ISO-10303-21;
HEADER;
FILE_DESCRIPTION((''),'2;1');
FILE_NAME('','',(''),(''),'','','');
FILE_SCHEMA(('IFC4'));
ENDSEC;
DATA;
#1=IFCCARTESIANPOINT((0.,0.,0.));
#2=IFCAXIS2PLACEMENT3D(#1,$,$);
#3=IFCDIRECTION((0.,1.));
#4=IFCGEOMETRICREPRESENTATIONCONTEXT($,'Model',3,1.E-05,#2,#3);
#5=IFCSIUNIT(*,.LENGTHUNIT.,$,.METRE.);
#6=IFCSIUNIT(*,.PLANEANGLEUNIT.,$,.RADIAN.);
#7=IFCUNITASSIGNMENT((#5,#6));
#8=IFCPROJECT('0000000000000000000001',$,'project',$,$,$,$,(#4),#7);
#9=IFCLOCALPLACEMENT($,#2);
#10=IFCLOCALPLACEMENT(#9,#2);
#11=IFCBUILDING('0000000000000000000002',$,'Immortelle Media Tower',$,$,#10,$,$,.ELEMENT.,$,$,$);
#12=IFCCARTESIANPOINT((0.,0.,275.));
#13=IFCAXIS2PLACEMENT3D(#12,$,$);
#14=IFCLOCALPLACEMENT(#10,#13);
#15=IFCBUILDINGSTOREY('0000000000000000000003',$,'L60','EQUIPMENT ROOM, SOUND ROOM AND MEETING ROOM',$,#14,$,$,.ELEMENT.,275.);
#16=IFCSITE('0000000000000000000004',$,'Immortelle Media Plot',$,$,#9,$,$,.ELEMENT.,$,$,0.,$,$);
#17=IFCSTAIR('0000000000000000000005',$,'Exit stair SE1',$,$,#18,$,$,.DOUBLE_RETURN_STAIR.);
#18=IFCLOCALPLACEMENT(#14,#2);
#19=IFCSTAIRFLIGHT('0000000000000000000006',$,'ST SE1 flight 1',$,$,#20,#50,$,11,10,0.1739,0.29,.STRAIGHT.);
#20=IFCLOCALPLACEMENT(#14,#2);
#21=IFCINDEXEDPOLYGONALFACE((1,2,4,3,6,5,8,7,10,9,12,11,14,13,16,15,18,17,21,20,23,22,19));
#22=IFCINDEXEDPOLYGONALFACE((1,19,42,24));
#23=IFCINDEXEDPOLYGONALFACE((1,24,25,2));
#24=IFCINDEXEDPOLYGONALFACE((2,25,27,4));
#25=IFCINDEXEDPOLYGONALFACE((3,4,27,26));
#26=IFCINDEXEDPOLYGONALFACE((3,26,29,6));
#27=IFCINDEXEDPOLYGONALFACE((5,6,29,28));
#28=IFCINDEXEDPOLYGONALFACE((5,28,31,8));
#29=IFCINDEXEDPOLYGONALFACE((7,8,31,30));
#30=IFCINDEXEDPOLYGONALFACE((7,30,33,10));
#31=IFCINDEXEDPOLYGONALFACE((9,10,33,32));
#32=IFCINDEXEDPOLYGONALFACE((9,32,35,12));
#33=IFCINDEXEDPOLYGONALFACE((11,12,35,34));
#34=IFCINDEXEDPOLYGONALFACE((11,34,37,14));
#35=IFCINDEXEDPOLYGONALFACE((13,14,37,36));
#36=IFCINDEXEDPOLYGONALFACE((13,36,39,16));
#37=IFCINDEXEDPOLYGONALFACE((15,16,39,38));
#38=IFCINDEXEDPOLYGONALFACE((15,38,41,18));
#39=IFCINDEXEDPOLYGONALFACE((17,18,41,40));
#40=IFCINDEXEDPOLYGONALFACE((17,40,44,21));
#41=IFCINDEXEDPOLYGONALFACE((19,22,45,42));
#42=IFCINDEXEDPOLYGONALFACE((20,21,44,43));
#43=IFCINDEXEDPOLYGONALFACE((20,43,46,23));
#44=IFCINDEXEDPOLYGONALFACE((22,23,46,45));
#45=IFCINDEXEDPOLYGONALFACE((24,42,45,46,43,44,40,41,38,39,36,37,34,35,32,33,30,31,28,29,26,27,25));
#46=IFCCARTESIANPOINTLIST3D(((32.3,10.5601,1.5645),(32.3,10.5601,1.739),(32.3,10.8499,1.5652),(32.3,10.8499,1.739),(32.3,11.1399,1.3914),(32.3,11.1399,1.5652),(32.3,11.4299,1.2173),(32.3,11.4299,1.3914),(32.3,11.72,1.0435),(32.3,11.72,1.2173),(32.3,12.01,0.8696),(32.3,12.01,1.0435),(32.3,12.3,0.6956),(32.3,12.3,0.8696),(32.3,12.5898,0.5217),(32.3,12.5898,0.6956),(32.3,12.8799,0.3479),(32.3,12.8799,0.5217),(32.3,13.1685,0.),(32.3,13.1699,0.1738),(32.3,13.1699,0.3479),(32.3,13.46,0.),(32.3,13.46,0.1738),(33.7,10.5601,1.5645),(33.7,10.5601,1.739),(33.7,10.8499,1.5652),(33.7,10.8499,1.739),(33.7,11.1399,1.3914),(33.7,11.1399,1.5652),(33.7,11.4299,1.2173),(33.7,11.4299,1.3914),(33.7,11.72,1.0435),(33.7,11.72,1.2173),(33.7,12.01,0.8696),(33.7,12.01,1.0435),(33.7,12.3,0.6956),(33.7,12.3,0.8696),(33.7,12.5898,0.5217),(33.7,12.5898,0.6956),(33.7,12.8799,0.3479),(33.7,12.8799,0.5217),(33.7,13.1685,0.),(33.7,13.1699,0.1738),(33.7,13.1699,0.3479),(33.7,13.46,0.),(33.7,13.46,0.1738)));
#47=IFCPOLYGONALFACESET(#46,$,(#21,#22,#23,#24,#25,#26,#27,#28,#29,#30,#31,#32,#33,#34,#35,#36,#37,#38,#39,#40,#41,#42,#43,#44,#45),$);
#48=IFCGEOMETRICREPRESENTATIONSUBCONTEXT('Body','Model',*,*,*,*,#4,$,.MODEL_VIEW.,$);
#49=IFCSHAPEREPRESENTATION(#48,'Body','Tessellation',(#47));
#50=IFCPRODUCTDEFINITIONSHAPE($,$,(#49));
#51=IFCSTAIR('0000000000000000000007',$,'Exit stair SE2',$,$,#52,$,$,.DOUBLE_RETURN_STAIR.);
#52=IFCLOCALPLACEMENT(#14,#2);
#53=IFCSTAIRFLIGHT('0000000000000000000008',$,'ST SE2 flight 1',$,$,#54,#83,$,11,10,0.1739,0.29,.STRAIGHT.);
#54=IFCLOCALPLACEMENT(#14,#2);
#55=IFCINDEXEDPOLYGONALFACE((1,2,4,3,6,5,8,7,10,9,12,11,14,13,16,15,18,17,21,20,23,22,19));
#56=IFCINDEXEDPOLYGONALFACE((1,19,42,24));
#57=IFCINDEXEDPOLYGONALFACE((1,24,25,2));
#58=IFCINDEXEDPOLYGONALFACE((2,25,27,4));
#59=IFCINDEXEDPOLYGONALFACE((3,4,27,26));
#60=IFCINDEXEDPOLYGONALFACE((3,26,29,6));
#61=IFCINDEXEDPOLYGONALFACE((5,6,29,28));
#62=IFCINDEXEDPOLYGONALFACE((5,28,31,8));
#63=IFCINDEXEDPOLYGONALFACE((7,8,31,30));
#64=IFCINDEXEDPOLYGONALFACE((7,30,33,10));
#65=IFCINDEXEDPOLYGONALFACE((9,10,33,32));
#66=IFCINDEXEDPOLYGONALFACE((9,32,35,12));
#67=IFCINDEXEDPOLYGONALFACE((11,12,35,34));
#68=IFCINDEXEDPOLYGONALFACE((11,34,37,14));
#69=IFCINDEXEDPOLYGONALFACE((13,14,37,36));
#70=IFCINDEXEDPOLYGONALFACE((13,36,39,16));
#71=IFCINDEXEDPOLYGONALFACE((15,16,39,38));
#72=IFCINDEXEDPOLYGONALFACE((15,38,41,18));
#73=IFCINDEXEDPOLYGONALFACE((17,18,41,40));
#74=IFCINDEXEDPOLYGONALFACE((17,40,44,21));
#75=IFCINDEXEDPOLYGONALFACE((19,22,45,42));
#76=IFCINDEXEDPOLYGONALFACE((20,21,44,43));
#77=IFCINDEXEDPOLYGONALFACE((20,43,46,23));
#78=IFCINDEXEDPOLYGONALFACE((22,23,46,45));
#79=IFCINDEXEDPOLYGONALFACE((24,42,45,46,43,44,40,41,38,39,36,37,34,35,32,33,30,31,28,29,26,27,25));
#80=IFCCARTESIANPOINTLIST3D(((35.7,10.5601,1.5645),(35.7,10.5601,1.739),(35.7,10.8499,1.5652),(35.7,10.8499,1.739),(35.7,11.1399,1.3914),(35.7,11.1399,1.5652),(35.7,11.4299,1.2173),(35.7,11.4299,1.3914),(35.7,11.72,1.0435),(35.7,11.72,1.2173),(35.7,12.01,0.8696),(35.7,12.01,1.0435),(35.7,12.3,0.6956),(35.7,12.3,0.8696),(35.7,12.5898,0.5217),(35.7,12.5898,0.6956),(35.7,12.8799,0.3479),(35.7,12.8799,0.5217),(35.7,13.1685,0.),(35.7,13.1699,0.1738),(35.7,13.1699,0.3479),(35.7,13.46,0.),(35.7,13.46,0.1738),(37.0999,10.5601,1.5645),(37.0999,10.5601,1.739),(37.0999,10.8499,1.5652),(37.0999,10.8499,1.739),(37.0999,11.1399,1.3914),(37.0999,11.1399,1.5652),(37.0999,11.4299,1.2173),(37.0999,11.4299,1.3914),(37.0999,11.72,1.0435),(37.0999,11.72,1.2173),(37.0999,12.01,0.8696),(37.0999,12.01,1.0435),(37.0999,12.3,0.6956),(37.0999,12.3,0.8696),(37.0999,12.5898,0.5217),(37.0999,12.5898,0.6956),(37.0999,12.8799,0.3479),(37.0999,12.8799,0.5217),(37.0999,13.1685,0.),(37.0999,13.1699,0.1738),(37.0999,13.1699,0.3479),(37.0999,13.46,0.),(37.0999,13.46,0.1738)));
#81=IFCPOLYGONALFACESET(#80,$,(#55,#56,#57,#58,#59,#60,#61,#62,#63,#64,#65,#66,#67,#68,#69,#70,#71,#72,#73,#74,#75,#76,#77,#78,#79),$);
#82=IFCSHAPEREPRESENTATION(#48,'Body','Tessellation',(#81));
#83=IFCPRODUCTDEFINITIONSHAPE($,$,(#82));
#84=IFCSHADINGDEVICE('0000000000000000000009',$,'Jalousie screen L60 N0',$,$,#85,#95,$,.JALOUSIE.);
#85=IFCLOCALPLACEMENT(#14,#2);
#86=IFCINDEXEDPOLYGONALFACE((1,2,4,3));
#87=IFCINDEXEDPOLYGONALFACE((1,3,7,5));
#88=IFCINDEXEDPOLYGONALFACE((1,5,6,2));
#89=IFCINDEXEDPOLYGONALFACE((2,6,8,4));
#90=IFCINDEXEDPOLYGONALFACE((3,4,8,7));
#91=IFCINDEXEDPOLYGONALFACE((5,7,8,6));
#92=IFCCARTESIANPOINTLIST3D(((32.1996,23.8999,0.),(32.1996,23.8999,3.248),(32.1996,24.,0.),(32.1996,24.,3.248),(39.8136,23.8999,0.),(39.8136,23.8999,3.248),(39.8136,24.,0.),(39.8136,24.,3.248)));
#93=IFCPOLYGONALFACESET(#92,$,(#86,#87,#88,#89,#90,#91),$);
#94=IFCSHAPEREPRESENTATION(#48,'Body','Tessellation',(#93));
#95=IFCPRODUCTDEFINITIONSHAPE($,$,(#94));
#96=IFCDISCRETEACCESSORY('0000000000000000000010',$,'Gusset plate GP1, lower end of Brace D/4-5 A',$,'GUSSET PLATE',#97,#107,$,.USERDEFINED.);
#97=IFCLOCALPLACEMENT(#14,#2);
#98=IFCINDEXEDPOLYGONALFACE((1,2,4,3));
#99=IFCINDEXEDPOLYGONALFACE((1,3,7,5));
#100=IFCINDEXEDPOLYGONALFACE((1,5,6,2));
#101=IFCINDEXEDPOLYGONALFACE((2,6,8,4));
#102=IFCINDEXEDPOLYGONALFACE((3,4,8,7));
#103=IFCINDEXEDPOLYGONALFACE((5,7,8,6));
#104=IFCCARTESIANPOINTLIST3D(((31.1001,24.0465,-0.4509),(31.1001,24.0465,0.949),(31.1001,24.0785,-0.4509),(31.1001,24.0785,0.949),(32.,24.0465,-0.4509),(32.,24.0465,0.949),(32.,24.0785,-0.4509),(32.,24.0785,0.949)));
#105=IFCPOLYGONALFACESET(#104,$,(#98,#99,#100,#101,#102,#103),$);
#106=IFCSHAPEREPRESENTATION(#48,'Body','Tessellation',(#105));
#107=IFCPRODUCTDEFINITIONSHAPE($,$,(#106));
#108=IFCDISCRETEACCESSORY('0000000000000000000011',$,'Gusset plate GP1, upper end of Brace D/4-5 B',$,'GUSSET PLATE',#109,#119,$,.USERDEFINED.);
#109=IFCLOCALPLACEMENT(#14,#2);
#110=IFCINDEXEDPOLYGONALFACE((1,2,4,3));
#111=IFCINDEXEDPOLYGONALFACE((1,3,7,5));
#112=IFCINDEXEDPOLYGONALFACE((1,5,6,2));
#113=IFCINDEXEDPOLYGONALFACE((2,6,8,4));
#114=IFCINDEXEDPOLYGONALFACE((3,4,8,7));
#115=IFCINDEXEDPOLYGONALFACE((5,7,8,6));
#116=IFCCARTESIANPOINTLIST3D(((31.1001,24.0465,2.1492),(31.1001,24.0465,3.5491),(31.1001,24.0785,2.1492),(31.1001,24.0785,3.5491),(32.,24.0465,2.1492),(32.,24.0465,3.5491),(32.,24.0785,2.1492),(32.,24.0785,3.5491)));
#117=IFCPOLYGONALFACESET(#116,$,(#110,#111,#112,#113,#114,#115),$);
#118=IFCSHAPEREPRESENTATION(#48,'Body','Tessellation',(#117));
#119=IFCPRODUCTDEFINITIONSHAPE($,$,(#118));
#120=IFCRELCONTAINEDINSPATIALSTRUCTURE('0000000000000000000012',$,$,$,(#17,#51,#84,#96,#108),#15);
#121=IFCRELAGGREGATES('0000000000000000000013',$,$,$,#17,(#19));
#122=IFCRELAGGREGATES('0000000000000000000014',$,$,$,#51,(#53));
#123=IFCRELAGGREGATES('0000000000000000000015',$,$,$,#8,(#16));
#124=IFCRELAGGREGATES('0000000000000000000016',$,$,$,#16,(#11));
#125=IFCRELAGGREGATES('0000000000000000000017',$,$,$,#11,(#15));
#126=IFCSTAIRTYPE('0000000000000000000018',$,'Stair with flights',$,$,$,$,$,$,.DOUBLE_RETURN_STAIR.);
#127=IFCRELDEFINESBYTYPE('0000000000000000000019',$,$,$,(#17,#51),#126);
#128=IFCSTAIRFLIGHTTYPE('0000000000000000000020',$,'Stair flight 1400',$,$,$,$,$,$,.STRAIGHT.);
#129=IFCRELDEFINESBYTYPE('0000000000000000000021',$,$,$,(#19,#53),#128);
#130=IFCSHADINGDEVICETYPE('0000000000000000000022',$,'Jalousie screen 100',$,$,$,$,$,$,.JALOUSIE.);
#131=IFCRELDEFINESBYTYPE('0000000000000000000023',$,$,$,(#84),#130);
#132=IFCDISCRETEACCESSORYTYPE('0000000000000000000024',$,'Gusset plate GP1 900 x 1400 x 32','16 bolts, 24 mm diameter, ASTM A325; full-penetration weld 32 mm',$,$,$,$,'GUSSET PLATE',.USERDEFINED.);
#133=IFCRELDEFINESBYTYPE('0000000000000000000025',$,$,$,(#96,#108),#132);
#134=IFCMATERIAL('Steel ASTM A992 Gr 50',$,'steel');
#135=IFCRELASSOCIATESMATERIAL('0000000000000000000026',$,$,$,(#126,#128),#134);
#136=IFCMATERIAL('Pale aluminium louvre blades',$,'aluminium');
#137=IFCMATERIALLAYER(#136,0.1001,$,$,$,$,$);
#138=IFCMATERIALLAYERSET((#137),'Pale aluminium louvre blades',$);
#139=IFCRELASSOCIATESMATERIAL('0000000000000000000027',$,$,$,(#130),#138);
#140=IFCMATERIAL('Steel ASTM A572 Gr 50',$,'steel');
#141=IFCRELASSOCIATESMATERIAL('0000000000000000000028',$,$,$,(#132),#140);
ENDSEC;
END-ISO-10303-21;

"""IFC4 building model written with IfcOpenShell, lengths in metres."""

from ifc_helpers import new_model, si_unit, direction, frame, origin, origin_2d, place, context, subcontext, project, spatial, polyline, rectangle, outline, extrude, material, layer, layer_set, material_profile, profile_set, type_object, element, aggregate, save


model = new_model("IFC4")

# Units and contexts
model_context = context("Model", 3, precision=1e-05, world=origin(), true_north=direction((0.0, 1.0)))
body_context = subcontext(model_context, "Body", "Model", "MODEL_VIEW")
ifc_project = project(units=[si_unit("LENGTHUNIT", "METRE"), si_unit("PLANEANGLEUNIT", "RADIAN")], contexts=[model_context])

# Site, building, storey
site_placement = place(None, origin())
site = spatial("IfcSite", under=ifc_project, at=site_placement, Name="Immortelle Media Plot", CompositionType="ELEMENT", RefElevation=0.0)
building_placement = place(site_placement, origin())
building = spatial("IfcBuilding", under=site, at=building_placement, Name="Immortelle Media Tower", CompositionType="ELEMENT")
storey_placement = place(building_placement, frame((0.0, 0.0, 275.0)))
storey = spatial("IfcBuildingStorey", under=building, at=storey_placement, Name="L60", Description="EQUIPMENT ROOM, SOUND ROOM AND MEETING ROOM", CompositionType="ELEMENT", Elevation=275.0)

# Shared definitions
ifc_material_1 = material(Name="Steel ASTM A992 Gr 50", Category="steel")

# Stairs, stair flights
stair_type = type_object("IfcStairType", Name="Stair with flights", PredefinedType="DOUBLE_RETURN_STAIR", material=ifc_material_1)
stair_1_placement = place(storey_placement, origin())
stair_1 = element("IfcStair", 1, at=stair_1_placement, inside=storey, type_object=stair_type, Name="Exit stair SE1", PredefinedType="DOUBLE_RETURN_STAIR")
stair_flight_type = type_object("IfcStairFlightType", Name="Stair flight 1400", PredefinedType="STRAIGHT", material=ifc_material_1)
stair_flight_1_placement = place(storey_placement, frame((33.0, 13.46, 0.0), z_axis=(0.0, 0.0, 1.0), x_axis=(0.0, -1.0, 0.0)))
stair_flight_1 = element("IfcStairFlight", 2, at=stair_flight_1_placement, type_object=stair_flight_type, Name="ST SE1 flight 1", NumberOfRisers=11, NumberOfTreads=10, PredefinedType="STRAIGHT", RiserHeight=0.1739, TreadLength=0.29, context=body_context, shape_type="SweptSolid", body=[
    extrude(outline(polyline([(0.0, 0.0), (0.0, 0.1738), (0.29, 0.1738), (0.29, 0.3479), (0.5801, 0.3479), (0.5801, 0.5217), (0.8701, 0.5217), (0.8701, 0.6956), (1.1599, 0.6956), (1.1599, 0.8696), (1.45, 0.8696), (1.45, 1.0435), (1.74, 1.0435), (1.74, 1.2173), (2.03, 1.2173), (2.03, 1.3914), (2.3201, 1.3914), (2.3201, 1.5652), (2.6101, 1.5652), (2.6101, 1.739), (2.8999, 1.739), (2.8999, 1.9131), (2.8999, 1.5645), (0.2915, 0.0), (0.0, 0.0)])), frame((0.0, 0.7, 0.0), z_axis=(0.0, -1.0, 0.0), x_axis=(1.0, 0.0, 0.0)), (0.0, 0.0, 1.0), 1.3999),
])
aggregate(stair_1, [stair_flight_1])
stair_2_placement = place(storey_placement, origin())
stair_2 = element("IfcStair", 3, at=stair_2_placement, inside=storey, type_object=stair_type, Name="Exit stair SE2", PredefinedType="DOUBLE_RETURN_STAIR")
stair_flight_2_placement = place(storey_placement, frame((36.3999, 13.46, 0.0), z_axis=(0.0, 0.0, 1.0), x_axis=(0.0, -1.0, 0.0)))
stair_flight_2 = element("IfcStairFlight", 4, at=stair_flight_2_placement, type_object=stair_flight_type, Name="ST SE2 flight 1", NumberOfRisers=11, NumberOfTreads=10, PredefinedType="STRAIGHT", RiserHeight=0.1739, TreadLength=0.29, context=body_context, shape_type="SweptSolid", body=[
    extrude(outline(polyline([(0.0, 0.0), (0.0, 0.1738), (0.29, 0.1738), (0.29, 0.3479), (0.5801, 0.3479), (0.5801, 0.5217), (0.8701, 0.5217), (0.8701, 0.6956), (1.1599, 0.6956), (1.1599, 0.8696), (1.45, 0.8696), (1.45, 1.0435), (1.74, 1.0435), (1.74, 1.2173), (2.03, 1.2173), (2.03, 1.3914), (2.3201, 1.3914), (2.3201, 1.5652), (2.6101, 1.5652), (2.6101, 1.739), (2.8999, 1.739), (2.8999, 1.9131), (2.8999, 1.5645), (0.2915, 0.0), (0.0, 0.0)])), frame((0.0, 0.7, 0.0), z_axis=(0.0, -1.0, 0.0), x_axis=(1.0, 0.0, 0.0)), (0.0, 0.0, 1.0), 1.3999),
])
aggregate(stair_2, [stair_flight_2])

# Shading device
ifc_material_2 = material(Name="Pale aluminium louvre blades", Category="aluminium")
ifc_layer_1 = layer(ifc_material_2, 0.1001)
ifc_layer_set_1 = layer_set([ifc_layer_1], Name="Pale aluminium louvre blades")
shading_device_type = type_object("IfcShadingDeviceType", Name="Jalousie screen 100", PredefinedType="JALOUSIE", material=ifc_layer_set_1)
shading_device_placement = place(storey_placement, frame((36.0066, 23.95, 0.0), z_axis=(0.0, 0.0, 1.0), x_axis=(-1.0, 0.0, 0.0)))
element("IfcShadingDevice", 5, at=shading_device_placement, inside=storey, type_object=shading_device_type, Name="Jalousie screen L60 N0", PredefinedType="JALOUSIE", context=body_context, shape_type="SweptSolid", body=[
    extrude(rectangle(XDim=7.614, YDim=0.1001, at=origin_2d()), origin(), (0.0, 0.0, 1.0), 3.248),
])

# Discrete accessories
ifc_material_3 = material(Name="Steel ASTM A572 Gr 50", Category="steel")
ifc_material_profile_1 = material_profile(ifc_material_3, rectangle(XDim=0.032, YDim=1.3999, at=origin_2d()), Name="PL 32 x 1400")
ifc_profile_set_1 = profile_set([ifc_material_profile_1], Name="Steel ASTM A572 Gr 50")
discrete_accessory_type = type_object("IfcDiscreteAccessoryType", Name="Gusset plate GP1 900 x 1400 x 32", Description="16 bolts, 24 mm diameter, ASTM A325; full-penetration weld 32 mm", ElementType="GUSSET PLATE", PredefinedType="USERDEFINED", material=ifc_profile_set_1)
for number, where, z_axis, x_axis, name in (
    (6, (32.0, 24.0625, 0.249), (-1.0, 0.0, 0.0), (0.0, -1.0, 0.0), "Gusset plate GP1, lower end of Brace D/4-5 A"),
    (7, (32.0, 24.0625, 2.8491), (-1.0, 0.0, 0.0), (0.0, -1.0, 0.0), "Gusset plate GP1, upper end of Brace D/4-5 B"),
):
    element("IfcDiscreteAccessory", number, at=place(storey_placement, frame(where, z_axis=z_axis, x_axis=x_axis)), inside=storey, type_object=discrete_accessory_type, Name=name, ObjectType="GUSSET PLATE", PredefinedType="USERDEFINED", context=body_context, shape_type="SweptSolid", body=[
        extrude(rectangle(XDim=0.032, YDim=1.3999, at=origin_2d()), origin(), (0.0, 0.0, 1.0), 0.8999),
    ])

save(model, "model.ifc")
